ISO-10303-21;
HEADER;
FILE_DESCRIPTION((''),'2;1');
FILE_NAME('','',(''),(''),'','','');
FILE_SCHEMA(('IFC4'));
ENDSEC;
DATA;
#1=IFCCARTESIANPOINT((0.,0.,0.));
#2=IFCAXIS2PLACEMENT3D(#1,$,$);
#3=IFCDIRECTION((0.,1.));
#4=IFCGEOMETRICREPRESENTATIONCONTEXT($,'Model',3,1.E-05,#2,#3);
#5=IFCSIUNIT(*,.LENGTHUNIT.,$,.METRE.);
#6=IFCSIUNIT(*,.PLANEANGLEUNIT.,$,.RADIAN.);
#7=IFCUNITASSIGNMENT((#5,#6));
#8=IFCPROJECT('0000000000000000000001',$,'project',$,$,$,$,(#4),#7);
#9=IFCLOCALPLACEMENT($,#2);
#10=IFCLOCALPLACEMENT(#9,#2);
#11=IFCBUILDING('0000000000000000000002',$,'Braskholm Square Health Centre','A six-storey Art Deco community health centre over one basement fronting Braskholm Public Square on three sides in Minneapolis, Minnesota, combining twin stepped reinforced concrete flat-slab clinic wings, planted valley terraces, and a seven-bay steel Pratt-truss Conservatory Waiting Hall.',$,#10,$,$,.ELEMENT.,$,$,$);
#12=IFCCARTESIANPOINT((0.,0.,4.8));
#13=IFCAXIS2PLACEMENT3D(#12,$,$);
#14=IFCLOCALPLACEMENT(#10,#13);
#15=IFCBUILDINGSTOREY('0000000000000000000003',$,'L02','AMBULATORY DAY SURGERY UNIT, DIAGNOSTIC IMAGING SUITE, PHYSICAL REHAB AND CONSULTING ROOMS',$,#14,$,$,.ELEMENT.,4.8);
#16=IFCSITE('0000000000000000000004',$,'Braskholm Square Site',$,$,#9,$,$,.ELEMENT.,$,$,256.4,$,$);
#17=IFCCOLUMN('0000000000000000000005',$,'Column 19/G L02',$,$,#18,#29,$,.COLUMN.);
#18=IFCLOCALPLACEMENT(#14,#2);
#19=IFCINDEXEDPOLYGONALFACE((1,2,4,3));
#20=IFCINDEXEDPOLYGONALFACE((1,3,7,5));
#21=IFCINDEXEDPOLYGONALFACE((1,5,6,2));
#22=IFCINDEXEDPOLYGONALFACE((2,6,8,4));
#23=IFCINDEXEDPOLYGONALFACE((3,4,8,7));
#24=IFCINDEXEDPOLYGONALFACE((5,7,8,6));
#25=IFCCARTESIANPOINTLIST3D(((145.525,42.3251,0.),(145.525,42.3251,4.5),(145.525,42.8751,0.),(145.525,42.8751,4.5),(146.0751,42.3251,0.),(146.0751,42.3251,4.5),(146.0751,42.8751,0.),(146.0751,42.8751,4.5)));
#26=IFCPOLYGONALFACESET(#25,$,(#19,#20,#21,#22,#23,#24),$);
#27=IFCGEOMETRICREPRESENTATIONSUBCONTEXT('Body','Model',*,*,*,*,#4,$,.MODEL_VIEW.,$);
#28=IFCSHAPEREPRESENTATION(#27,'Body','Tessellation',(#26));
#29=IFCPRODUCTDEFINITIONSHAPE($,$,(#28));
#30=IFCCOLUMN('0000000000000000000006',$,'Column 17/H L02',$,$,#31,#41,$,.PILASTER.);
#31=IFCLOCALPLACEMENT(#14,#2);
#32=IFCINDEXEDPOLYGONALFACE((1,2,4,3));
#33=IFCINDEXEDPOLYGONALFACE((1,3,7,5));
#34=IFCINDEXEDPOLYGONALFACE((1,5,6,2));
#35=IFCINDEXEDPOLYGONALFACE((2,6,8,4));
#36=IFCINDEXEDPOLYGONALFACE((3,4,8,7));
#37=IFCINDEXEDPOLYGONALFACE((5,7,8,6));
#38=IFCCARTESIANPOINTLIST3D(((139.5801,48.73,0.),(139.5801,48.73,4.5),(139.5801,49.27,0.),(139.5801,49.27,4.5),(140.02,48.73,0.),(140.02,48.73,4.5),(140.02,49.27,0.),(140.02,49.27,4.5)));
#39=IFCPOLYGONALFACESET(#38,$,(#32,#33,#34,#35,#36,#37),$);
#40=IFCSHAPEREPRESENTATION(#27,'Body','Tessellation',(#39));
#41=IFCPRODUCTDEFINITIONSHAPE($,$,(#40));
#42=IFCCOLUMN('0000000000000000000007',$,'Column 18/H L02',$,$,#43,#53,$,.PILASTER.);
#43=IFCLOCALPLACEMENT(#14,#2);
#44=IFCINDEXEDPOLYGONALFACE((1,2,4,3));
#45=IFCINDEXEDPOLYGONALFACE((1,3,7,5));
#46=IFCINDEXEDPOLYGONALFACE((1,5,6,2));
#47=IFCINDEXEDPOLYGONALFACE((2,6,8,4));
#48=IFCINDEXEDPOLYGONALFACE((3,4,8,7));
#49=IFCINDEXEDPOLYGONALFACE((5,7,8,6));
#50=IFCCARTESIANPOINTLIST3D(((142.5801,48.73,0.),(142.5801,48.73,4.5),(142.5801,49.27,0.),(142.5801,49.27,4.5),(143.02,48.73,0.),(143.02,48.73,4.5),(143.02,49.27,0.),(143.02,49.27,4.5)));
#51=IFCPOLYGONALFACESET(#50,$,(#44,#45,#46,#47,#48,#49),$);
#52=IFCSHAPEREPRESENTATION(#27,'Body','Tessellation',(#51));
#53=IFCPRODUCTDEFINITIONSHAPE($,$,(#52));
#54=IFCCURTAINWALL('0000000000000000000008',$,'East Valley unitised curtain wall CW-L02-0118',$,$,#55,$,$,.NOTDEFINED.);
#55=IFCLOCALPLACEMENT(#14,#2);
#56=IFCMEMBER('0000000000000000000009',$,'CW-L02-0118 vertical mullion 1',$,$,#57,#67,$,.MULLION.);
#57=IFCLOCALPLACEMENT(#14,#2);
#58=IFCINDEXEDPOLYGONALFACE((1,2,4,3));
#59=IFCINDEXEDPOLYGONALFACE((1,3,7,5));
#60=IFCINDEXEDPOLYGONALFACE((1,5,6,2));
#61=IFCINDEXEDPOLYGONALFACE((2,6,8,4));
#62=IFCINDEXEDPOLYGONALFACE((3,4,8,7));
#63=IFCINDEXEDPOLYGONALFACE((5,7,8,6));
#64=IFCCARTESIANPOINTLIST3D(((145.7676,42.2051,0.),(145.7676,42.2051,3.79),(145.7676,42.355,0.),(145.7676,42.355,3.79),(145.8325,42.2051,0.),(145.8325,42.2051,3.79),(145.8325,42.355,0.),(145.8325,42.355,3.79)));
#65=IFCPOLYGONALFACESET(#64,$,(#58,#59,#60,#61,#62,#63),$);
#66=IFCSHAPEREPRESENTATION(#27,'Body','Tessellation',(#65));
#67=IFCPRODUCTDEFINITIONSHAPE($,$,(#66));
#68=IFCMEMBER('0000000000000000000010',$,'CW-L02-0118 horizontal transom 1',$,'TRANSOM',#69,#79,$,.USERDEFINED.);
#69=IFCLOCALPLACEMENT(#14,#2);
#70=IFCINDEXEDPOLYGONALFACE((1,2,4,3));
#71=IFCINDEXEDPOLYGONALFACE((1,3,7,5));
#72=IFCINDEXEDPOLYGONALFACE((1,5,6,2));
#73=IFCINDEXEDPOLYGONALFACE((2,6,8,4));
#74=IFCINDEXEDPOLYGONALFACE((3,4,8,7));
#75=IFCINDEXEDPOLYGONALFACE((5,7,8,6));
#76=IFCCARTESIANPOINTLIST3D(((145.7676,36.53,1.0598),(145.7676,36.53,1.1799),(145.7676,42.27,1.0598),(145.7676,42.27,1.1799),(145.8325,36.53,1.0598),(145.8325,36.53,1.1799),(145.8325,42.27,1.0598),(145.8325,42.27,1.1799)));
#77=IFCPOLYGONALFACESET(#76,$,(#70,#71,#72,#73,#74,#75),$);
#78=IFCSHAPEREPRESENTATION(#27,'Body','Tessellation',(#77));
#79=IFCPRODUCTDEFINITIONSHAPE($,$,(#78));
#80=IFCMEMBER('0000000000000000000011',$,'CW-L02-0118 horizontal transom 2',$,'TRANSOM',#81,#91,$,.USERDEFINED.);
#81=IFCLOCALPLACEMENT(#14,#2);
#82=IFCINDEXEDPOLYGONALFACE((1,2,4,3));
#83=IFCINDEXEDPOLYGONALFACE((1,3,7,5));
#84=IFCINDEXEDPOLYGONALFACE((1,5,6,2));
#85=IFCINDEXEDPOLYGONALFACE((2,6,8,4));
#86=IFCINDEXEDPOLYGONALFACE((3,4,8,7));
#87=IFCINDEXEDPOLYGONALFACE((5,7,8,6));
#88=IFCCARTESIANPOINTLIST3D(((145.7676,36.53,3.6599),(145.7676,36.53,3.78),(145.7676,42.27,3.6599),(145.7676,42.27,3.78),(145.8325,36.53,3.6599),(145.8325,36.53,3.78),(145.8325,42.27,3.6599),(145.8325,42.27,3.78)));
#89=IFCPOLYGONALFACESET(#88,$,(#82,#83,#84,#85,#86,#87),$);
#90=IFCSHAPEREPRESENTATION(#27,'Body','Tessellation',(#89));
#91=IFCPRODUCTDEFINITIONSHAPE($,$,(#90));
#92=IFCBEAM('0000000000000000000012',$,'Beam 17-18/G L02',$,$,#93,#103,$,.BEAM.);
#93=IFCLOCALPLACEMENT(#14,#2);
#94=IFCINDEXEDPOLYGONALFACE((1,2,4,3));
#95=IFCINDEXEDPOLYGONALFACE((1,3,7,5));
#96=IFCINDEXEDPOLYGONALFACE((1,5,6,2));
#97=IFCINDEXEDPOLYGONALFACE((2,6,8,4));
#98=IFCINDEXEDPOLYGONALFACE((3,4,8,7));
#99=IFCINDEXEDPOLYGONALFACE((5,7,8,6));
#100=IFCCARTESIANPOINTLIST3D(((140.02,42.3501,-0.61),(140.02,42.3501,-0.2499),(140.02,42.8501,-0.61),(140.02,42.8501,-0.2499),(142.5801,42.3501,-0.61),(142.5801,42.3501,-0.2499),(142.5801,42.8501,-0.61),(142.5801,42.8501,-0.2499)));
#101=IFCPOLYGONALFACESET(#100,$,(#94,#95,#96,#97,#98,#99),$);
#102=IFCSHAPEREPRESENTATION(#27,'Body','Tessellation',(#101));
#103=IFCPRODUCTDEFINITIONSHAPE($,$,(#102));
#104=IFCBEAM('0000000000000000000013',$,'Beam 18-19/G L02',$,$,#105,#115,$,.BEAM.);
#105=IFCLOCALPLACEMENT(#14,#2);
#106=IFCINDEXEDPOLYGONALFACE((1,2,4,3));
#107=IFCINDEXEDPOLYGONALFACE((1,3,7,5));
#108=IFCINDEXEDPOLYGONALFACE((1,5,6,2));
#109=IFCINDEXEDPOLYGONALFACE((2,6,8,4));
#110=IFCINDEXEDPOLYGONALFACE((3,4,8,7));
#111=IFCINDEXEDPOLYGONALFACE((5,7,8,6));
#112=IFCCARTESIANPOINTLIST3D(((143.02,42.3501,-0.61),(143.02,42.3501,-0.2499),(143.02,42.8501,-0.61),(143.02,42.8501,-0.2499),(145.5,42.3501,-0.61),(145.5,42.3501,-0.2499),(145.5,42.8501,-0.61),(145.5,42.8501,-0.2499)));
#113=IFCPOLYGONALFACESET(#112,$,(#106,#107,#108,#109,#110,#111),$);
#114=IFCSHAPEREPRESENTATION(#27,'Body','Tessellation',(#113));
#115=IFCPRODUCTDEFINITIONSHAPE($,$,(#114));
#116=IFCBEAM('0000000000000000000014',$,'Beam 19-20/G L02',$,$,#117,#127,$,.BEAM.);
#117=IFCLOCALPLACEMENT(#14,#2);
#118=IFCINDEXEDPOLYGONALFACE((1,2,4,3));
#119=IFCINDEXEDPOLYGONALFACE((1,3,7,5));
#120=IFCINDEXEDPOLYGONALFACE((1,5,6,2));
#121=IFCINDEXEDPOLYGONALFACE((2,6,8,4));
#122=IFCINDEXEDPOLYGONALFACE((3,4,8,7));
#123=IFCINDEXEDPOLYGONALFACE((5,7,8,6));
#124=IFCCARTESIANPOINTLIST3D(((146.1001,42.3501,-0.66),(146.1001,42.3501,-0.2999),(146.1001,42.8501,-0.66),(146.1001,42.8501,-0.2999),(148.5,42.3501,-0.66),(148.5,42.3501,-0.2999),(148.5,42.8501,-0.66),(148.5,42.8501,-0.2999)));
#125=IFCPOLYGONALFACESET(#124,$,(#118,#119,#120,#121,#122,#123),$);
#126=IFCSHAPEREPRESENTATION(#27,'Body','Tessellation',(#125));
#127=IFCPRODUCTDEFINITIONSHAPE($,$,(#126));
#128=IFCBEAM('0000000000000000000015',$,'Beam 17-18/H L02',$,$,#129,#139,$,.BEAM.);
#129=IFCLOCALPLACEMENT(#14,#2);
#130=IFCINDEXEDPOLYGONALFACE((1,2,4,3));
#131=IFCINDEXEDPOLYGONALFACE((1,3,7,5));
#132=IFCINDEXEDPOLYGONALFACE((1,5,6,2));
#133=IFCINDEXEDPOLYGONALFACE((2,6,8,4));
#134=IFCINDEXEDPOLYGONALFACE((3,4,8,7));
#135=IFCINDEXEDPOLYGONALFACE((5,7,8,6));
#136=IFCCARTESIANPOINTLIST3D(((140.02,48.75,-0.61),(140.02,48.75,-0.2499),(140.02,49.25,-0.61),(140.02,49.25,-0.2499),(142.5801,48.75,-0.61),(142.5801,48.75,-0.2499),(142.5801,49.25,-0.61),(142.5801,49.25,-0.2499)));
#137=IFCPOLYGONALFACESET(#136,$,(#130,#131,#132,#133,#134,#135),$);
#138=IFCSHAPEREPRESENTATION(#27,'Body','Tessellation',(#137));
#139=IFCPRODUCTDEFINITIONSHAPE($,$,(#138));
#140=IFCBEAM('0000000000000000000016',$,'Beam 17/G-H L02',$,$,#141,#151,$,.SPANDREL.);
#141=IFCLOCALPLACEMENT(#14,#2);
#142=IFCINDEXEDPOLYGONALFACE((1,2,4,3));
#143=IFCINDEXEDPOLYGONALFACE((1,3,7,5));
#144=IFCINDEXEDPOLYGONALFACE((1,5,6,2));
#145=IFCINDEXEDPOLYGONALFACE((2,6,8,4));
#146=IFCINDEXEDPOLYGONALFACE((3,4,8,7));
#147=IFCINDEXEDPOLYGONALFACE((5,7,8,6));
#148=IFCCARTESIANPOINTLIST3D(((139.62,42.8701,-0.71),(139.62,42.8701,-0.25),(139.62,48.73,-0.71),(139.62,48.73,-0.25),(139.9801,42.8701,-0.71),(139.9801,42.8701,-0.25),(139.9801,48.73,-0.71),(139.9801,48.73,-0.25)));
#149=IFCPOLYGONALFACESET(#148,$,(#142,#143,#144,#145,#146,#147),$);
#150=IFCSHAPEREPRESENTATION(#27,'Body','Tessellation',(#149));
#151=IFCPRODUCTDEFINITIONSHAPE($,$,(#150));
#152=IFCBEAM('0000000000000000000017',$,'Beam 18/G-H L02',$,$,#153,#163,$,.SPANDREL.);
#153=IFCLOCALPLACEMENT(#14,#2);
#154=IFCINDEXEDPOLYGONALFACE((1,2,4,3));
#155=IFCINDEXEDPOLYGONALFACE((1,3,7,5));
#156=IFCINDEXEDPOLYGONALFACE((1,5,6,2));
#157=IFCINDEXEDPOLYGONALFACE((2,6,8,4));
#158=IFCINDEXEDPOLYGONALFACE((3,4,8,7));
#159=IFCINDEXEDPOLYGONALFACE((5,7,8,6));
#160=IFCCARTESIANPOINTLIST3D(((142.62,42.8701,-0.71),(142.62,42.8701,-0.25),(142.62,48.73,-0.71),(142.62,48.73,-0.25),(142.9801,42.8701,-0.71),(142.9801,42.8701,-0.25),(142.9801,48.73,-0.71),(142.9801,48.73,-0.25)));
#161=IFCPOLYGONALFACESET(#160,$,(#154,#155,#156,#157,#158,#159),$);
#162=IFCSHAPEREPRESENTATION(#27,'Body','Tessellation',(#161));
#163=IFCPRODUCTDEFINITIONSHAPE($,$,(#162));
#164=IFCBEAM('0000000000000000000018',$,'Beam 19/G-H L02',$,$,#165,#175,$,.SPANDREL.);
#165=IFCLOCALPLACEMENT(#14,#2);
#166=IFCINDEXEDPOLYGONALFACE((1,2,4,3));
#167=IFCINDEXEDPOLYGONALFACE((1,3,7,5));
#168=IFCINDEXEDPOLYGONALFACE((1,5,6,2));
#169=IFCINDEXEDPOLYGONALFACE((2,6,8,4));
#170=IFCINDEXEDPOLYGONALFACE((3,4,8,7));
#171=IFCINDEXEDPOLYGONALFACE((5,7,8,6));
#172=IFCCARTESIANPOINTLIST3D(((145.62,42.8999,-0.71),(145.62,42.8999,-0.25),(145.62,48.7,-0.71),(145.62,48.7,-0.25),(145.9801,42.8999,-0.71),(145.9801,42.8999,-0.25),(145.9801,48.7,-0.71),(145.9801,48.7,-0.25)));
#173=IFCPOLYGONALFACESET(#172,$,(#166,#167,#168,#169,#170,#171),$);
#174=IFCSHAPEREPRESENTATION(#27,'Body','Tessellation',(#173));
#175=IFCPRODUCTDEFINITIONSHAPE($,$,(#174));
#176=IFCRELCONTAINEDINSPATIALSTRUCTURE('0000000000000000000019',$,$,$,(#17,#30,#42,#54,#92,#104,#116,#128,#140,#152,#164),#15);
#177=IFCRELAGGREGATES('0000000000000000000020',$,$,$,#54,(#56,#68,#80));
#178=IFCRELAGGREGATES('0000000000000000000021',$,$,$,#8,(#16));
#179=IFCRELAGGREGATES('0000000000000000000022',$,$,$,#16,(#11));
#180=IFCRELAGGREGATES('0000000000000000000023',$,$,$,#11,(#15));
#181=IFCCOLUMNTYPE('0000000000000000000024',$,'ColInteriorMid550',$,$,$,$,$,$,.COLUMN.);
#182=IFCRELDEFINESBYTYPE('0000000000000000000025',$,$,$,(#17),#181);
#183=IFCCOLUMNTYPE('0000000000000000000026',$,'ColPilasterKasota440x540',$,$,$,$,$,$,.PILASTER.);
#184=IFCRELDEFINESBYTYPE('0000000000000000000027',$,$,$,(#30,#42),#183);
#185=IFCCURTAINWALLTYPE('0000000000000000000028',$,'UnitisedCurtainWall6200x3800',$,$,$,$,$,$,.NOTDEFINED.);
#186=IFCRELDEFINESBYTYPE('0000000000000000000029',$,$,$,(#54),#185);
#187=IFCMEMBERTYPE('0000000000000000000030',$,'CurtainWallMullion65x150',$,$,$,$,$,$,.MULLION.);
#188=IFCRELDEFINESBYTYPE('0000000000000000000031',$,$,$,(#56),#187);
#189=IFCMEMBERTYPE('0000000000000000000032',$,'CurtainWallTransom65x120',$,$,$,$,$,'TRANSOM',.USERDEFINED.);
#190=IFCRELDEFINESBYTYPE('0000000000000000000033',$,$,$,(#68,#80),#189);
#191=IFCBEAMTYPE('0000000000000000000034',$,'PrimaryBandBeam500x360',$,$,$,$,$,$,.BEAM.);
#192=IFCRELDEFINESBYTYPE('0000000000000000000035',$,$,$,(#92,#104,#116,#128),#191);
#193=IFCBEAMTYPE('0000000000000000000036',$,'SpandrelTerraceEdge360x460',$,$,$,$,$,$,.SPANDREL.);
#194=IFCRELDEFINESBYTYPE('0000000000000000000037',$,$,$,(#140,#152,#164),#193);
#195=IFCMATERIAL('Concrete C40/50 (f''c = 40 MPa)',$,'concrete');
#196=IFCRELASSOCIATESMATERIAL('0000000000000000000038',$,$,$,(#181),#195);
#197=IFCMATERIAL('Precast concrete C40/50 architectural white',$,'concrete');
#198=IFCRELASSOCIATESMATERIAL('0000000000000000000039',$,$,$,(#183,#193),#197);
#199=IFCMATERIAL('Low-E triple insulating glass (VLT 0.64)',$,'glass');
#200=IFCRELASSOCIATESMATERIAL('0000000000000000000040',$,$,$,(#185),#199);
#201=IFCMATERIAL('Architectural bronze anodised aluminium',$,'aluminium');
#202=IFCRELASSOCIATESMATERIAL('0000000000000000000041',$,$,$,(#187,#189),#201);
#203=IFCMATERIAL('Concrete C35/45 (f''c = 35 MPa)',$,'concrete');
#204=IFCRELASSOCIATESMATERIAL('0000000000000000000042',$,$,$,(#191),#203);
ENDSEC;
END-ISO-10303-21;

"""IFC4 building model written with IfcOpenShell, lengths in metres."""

from ifc_helpers import new_model, si_unit, direction, frame, origin, origin_2d, place, context, subcontext, project, spatial, rectangle, extrude, material, material_profile, profile_set, type_object, element, aggregate, save


model = new_model("IFC4")

# Units and contexts
model_context = context("Model", 3, precision=1e-05, world=origin(), true_north=direction((0.0, 1.0)))
body_context = subcontext(model_context, "Body", "Model", "MODEL_VIEW")
ifc_project = project(units=[si_unit("LENGTHUNIT", "METRE"), si_unit("PLANEANGLEUNIT", "RADIAN")], contexts=[model_context])

# Site, building, storey
site_placement = place(None, origin())
site = spatial("IfcSite", under=ifc_project, at=site_placement, Name="Braskholm Square Site", CompositionType="ELEMENT", RefElevation=256.4)
building_placement = place(site_placement, origin())
building = spatial("IfcBuilding", under=site, at=building_placement, Name="Braskholm Square Health Centre", Description="A six-storey Art Deco community health centre over one basement fronting Braskholm Public Square on three sides in Minneapolis, Minnesota, combining twin stepped reinforced concrete flat-slab clinic wings, planted valley terraces, and a seven-bay steel Pratt-truss Conservatory Waiting Hall.", CompositionType="ELEMENT")
storey_placement = place(building_placement, frame((0.0, 0.0, 4.8)))
storey = spatial("IfcBuildingStorey", under=building, at=storey_placement, Name="L02", Description="AMBULATORY DAY SURGERY UNIT, DIAGNOSTIC IMAGING SUITE, PHYSICAL REHAB AND CONSULTING ROOMS", CompositionType="ELEMENT", Elevation=4.8)

# Columns
ifc_material_1 = material(Name="Concrete C40/50 (f'c = 40 MPa)", Category="concrete")
ifc_material_profile_1 = material_profile(ifc_material_1, rectangle(XDim=0.55, YDim=0.55, at=origin_2d()), Name="RC-550X550")
ifc_profile_set_1 = profile_set([ifc_material_profile_1], Name="Concrete C40/50 (f'c = 40 MPa)")
column_type_1 = type_object("IfcColumnType", Name="ColInteriorMid550", PredefinedType="COLUMN", material=ifc_profile_set_1)
column_placement = place(storey_placement, frame((145.8, 42.6001, 0.0), z_axis=(0.0, 0.0, 1.0), x_axis=(1.0, 0.0, 0.0)))
element("IfcColumn", 1, at=column_placement, inside=storey, type_object=column_type_1, Name="Column 19/G L02", PredefinedType="COLUMN", context=body_context, shape_type="SweptSolid", body=[
    extrude(rectangle(XDim=0.55, YDim=0.55, at=origin_2d()), origin(), (0.0, 0.0, 1.0), 4.5),
])
ifc_material_2 = material(Name="Precast concrete C40/50 architectural white", Category="concrete")
ifc_material_profile_2 = material_profile(ifc_material_2, rectangle(XDim=0.4399, YDim=0.54, at=origin_2d()), Name="RC-440X540")
ifc_profile_set_2 = profile_set([ifc_material_profile_2], Name="Precast concrete C40/50 architectural white")
column_type_2 = type_object("IfcColumnType", Name="ColPilasterKasota440x540", PredefinedType="PILASTER", material=ifc_profile_set_2)
for number, where, z_axis, x_axis, name in (
    (2, (139.8, 49.0, 0.0), (0.0, 0.0, 1.0), (1.0, 0.0, 0.0), "Column 17/H L02"),
    (3, (142.8, 49.0, 0.0), (0.0, 0.0, 1.0), (1.0, 0.0, 0.0), "Column 18/H L02"),
):
    element("IfcColumn", number, at=place(storey_placement, frame(where, z_axis=z_axis, x_axis=x_axis)), inside=storey, type_object=column_type_2, Name=name, PredefinedType="PILASTER", context=body_context, shape_type="SweptSolid", body=[
        extrude(rectangle(XDim=0.4399, YDim=0.54, at=origin_2d()), origin(), (0.0, 0.0, 1.0), 4.5),
    ])

# Curtain wall, members
ifc_material_3 = material(Name="Low-E triple insulating glass (VLT 0.64)", Category="glass")
curtain_wall_type = type_object("IfcCurtainWallType", Name="UnitisedCurtainWall6200x3800", PredefinedType="NOTDEFINED", material=ifc_material_3)
curtain_wall_placement = place(storey_placement, origin())
curtain_wall = element("IfcCurtainWall", 4, at=curtain_wall_placement, inside=storey, type_object=curtain_wall_type, Name="East Valley unitised curtain wall CW-L02-0118", PredefinedType="NOTDEFINED")
ifc_material_4 = material(Name="Architectural bronze anodised aluminium", Category="aluminium")
ifc_material_profile_3 = material_profile(ifc_material_4, rectangle(XDim=0.0649, YDim=0.1499, at=origin_2d()), Name="ALU-65X150")
ifc_profile_set_3 = profile_set([ifc_material_profile_3], Name="Architectural bronze anodised aluminium")
member_type_1 = type_object("IfcMemberType", Name="CurtainWallMullion65x150", PredefinedType="MULLION", material=ifc_profile_set_3)
member_1_placement = place(storey_placement, frame((145.8, 42.28, 0.0), z_axis=(0.0, 0.0, 1.0), x_axis=(1.0, 0.0, 0.0)))
member_1 = element("IfcMember", 5, at=member_1_placement, type_object=member_type_1, Name="CW-L02-0118 vertical mullion 1", PredefinedType="MULLION", context=body_context, shape_type="SweptSolid", body=[
    extrude(rectangle(XDim=0.0649, YDim=0.1499, at=origin_2d()), origin(), (0.0, 0.0, 1.0), 3.79),
])
ifc_material_profile_4 = material_profile(ifc_material_4, rectangle(XDim=0.0649, YDim=0.1201, at=origin_2d()), Name="ALU-65X120")
ifc_profile_set_4 = profile_set([ifc_material_profile_4], Name="Architectural bronze anodised aluminium")
member_type_2 = type_object("IfcMemberType", Name="CurtainWallTransom65x120", ElementType="TRANSOM", PredefinedType="USERDEFINED", material=ifc_profile_set_4)
member_2_placement = place(storey_placement, frame((145.8, 42.27, 1.1199), z_axis=(0.0, -1.0, 0.0), x_axis=(1.0, 0.0, 0.0)))
member_2 = element("IfcMember", 6, at=member_2_placement, type_object=member_type_2, Name="CW-L02-0118 horizontal transom 1", ObjectType="TRANSOM", PredefinedType="USERDEFINED", context=body_context, shape_type="SweptSolid", body=[
    extrude(rectangle(XDim=0.0649, YDim=0.1201, at=origin_2d()), origin(), (0.0, 0.0, 1.0), 5.74),
])
member_3_placement = place(storey_placement, frame((145.8, 42.27, 3.72), z_axis=(0.0, -1.0, 0.0), x_axis=(1.0, 0.0, 0.0)))
member_3 = element("IfcMember", 7, at=member_3_placement, type_object=member_type_2, Name="CW-L02-0118 horizontal transom 2", ObjectType="TRANSOM", PredefinedType="USERDEFINED", context=body_context, shape_type="SweptSolid", body=[
    extrude(rectangle(XDim=0.0649, YDim=0.1201, at=origin_2d()), origin(), (0.0, 0.0, 1.0), 5.74),
])
aggregate(curtain_wall, [member_1, member_2, member_3])

# Beams
ifc_material_5 = material(Name="Concrete C35/45 (f'c = 35 MPa)", Category="concrete")
ifc_material_profile_5 = material_profile(ifc_material_5, rectangle(XDim=0.5, YDim=0.3601, at=origin_2d()), Name="RCB-500X360")
ifc_profile_set_5 = profile_set([ifc_material_profile_5], Name="Concrete C35/45 (f'c = 35 MPa)")
beam_type_1 = type_object("IfcBeamType", Name="PrimaryBandBeam500x360", PredefinedType="BEAM", material=ifc_profile_set_5)
beam_1_placement = place(storey_placement, frame((140.02, 42.6001, -0.4299), z_axis=(1.0, 0.0, 0.0), x_axis=(0.0, 1.0, 0.0)))
element("IfcBeam", 8, at=beam_1_placement, inside=storey, type_object=beam_type_1, Name="Beam 17-18/G L02", PredefinedType="BEAM", context=body_context, shape_type="SweptSolid", body=[
    extrude(rectangle(XDim=0.5, YDim=0.3601, at=origin_2d()), origin(), (0.0, 0.0, 1.0), 2.5601),
])
beam_2_placement = place(storey_placement, frame((143.02, 42.6001, -0.4299), z_axis=(1.0, 0.0, 0.0), x_axis=(0.0, 1.0, 0.0)))
element("IfcBeam", 9, at=beam_2_placement, inside=storey, type_object=beam_type_1, Name="Beam 18-19/G L02", PredefinedType="BEAM", context=body_context, shape_type="SweptSolid", body=[
    extrude(rectangle(XDim=0.5, YDim=0.3601, at=origin_2d()), origin(), (0.0, 0.0, 1.0), 2.48),
])
beam_3_placement = place(storey_placement, frame((146.1001, 42.6001, -0.48), z_axis=(1.0, 0.0, 0.0), x_axis=(0.0, 1.0, 0.0)))
element("IfcBeam", 10, at=beam_3_placement, inside=storey, type_object=beam_type_1, Name="Beam 19-20/G L02", PredefinedType="BEAM", context=body_context, shape_type="SweptSolid", body=[
    extrude(rectangle(XDim=0.5, YDim=0.3601, at=origin_2d()), origin(), (0.0, 0.0, 1.0), 2.3999),
])
beam_4_placement = place(storey_placement, frame((140.02, 49.0, -0.4299), z_axis=(1.0, 0.0, 0.0), x_axis=(0.0, 1.0, 0.0)))
element("IfcBeam", 11, at=beam_4_placement, inside=storey, type_object=beam_type_1, Name="Beam 17-18/H L02", PredefinedType="BEAM", context=body_context, shape_type="SweptSolid", body=[
    extrude(rectangle(XDim=0.5, YDim=0.3601, at=origin_2d()), origin(), (0.0, 0.0, 1.0), 2.5601),
])
ifc_material_profile_6 = material_profile(ifc_material_2, rectangle(XDim=0.3601, YDim=0.46, at=origin_2d()), Name="RCB-360X460")
ifc_profile_set_6 = profile_set([ifc_material_profile_6], Name="Precast concrete C40/50 architectural white")
beam_type_2 = type_object("IfcBeamType", Name="SpandrelTerraceEdge360x460", PredefinedType="SPANDREL", material=ifc_profile_set_6)
for number, where, z_axis, x_axis, name in (
    (12, (139.8, 42.8701, -0.48), (0.0, 1.0, 0.0), (-1.0, 0.0, 0.0), "Beam 17/G-H L02"),
    (13, (142.8, 42.8701, -0.48), (0.0, 1.0, 0.0), (-1.0, 0.0, 0.0), "Beam 18/G-H L02"),
):
    element("IfcBeam", number, at=place(storey_placement, frame(where, z_axis=z_axis, x_axis=x_axis)), inside=storey, type_object=beam_type_2, Name=name, PredefinedType="SPANDREL", context=body_context, shape_type="SweptSolid", body=[
        extrude(rectangle(XDim=0.3601, YDim=0.46, at=origin_2d()), origin(), (0.0, 0.0, 1.0), 5.8599),
    ])
beam_5_placement = place(storey_placement, frame((145.8, 42.8999, -0.48), z_axis=(0.0, 1.0, 0.0), x_axis=(-1.0, 0.0, 0.0)))
element("IfcBeam", 14, at=beam_5_placement, inside=storey, type_object=beam_type_2, Name="Beam 19/G-H L02", PredefinedType="SPANDREL", context=body_context, shape_type="SweptSolid", body=[
    extrude(rectangle(XDim=0.3601, YDim=0.46, at=origin_2d()), origin(), (0.0, 0.0, 1.0), 5.8),
])

save(model, "model.ifc")
